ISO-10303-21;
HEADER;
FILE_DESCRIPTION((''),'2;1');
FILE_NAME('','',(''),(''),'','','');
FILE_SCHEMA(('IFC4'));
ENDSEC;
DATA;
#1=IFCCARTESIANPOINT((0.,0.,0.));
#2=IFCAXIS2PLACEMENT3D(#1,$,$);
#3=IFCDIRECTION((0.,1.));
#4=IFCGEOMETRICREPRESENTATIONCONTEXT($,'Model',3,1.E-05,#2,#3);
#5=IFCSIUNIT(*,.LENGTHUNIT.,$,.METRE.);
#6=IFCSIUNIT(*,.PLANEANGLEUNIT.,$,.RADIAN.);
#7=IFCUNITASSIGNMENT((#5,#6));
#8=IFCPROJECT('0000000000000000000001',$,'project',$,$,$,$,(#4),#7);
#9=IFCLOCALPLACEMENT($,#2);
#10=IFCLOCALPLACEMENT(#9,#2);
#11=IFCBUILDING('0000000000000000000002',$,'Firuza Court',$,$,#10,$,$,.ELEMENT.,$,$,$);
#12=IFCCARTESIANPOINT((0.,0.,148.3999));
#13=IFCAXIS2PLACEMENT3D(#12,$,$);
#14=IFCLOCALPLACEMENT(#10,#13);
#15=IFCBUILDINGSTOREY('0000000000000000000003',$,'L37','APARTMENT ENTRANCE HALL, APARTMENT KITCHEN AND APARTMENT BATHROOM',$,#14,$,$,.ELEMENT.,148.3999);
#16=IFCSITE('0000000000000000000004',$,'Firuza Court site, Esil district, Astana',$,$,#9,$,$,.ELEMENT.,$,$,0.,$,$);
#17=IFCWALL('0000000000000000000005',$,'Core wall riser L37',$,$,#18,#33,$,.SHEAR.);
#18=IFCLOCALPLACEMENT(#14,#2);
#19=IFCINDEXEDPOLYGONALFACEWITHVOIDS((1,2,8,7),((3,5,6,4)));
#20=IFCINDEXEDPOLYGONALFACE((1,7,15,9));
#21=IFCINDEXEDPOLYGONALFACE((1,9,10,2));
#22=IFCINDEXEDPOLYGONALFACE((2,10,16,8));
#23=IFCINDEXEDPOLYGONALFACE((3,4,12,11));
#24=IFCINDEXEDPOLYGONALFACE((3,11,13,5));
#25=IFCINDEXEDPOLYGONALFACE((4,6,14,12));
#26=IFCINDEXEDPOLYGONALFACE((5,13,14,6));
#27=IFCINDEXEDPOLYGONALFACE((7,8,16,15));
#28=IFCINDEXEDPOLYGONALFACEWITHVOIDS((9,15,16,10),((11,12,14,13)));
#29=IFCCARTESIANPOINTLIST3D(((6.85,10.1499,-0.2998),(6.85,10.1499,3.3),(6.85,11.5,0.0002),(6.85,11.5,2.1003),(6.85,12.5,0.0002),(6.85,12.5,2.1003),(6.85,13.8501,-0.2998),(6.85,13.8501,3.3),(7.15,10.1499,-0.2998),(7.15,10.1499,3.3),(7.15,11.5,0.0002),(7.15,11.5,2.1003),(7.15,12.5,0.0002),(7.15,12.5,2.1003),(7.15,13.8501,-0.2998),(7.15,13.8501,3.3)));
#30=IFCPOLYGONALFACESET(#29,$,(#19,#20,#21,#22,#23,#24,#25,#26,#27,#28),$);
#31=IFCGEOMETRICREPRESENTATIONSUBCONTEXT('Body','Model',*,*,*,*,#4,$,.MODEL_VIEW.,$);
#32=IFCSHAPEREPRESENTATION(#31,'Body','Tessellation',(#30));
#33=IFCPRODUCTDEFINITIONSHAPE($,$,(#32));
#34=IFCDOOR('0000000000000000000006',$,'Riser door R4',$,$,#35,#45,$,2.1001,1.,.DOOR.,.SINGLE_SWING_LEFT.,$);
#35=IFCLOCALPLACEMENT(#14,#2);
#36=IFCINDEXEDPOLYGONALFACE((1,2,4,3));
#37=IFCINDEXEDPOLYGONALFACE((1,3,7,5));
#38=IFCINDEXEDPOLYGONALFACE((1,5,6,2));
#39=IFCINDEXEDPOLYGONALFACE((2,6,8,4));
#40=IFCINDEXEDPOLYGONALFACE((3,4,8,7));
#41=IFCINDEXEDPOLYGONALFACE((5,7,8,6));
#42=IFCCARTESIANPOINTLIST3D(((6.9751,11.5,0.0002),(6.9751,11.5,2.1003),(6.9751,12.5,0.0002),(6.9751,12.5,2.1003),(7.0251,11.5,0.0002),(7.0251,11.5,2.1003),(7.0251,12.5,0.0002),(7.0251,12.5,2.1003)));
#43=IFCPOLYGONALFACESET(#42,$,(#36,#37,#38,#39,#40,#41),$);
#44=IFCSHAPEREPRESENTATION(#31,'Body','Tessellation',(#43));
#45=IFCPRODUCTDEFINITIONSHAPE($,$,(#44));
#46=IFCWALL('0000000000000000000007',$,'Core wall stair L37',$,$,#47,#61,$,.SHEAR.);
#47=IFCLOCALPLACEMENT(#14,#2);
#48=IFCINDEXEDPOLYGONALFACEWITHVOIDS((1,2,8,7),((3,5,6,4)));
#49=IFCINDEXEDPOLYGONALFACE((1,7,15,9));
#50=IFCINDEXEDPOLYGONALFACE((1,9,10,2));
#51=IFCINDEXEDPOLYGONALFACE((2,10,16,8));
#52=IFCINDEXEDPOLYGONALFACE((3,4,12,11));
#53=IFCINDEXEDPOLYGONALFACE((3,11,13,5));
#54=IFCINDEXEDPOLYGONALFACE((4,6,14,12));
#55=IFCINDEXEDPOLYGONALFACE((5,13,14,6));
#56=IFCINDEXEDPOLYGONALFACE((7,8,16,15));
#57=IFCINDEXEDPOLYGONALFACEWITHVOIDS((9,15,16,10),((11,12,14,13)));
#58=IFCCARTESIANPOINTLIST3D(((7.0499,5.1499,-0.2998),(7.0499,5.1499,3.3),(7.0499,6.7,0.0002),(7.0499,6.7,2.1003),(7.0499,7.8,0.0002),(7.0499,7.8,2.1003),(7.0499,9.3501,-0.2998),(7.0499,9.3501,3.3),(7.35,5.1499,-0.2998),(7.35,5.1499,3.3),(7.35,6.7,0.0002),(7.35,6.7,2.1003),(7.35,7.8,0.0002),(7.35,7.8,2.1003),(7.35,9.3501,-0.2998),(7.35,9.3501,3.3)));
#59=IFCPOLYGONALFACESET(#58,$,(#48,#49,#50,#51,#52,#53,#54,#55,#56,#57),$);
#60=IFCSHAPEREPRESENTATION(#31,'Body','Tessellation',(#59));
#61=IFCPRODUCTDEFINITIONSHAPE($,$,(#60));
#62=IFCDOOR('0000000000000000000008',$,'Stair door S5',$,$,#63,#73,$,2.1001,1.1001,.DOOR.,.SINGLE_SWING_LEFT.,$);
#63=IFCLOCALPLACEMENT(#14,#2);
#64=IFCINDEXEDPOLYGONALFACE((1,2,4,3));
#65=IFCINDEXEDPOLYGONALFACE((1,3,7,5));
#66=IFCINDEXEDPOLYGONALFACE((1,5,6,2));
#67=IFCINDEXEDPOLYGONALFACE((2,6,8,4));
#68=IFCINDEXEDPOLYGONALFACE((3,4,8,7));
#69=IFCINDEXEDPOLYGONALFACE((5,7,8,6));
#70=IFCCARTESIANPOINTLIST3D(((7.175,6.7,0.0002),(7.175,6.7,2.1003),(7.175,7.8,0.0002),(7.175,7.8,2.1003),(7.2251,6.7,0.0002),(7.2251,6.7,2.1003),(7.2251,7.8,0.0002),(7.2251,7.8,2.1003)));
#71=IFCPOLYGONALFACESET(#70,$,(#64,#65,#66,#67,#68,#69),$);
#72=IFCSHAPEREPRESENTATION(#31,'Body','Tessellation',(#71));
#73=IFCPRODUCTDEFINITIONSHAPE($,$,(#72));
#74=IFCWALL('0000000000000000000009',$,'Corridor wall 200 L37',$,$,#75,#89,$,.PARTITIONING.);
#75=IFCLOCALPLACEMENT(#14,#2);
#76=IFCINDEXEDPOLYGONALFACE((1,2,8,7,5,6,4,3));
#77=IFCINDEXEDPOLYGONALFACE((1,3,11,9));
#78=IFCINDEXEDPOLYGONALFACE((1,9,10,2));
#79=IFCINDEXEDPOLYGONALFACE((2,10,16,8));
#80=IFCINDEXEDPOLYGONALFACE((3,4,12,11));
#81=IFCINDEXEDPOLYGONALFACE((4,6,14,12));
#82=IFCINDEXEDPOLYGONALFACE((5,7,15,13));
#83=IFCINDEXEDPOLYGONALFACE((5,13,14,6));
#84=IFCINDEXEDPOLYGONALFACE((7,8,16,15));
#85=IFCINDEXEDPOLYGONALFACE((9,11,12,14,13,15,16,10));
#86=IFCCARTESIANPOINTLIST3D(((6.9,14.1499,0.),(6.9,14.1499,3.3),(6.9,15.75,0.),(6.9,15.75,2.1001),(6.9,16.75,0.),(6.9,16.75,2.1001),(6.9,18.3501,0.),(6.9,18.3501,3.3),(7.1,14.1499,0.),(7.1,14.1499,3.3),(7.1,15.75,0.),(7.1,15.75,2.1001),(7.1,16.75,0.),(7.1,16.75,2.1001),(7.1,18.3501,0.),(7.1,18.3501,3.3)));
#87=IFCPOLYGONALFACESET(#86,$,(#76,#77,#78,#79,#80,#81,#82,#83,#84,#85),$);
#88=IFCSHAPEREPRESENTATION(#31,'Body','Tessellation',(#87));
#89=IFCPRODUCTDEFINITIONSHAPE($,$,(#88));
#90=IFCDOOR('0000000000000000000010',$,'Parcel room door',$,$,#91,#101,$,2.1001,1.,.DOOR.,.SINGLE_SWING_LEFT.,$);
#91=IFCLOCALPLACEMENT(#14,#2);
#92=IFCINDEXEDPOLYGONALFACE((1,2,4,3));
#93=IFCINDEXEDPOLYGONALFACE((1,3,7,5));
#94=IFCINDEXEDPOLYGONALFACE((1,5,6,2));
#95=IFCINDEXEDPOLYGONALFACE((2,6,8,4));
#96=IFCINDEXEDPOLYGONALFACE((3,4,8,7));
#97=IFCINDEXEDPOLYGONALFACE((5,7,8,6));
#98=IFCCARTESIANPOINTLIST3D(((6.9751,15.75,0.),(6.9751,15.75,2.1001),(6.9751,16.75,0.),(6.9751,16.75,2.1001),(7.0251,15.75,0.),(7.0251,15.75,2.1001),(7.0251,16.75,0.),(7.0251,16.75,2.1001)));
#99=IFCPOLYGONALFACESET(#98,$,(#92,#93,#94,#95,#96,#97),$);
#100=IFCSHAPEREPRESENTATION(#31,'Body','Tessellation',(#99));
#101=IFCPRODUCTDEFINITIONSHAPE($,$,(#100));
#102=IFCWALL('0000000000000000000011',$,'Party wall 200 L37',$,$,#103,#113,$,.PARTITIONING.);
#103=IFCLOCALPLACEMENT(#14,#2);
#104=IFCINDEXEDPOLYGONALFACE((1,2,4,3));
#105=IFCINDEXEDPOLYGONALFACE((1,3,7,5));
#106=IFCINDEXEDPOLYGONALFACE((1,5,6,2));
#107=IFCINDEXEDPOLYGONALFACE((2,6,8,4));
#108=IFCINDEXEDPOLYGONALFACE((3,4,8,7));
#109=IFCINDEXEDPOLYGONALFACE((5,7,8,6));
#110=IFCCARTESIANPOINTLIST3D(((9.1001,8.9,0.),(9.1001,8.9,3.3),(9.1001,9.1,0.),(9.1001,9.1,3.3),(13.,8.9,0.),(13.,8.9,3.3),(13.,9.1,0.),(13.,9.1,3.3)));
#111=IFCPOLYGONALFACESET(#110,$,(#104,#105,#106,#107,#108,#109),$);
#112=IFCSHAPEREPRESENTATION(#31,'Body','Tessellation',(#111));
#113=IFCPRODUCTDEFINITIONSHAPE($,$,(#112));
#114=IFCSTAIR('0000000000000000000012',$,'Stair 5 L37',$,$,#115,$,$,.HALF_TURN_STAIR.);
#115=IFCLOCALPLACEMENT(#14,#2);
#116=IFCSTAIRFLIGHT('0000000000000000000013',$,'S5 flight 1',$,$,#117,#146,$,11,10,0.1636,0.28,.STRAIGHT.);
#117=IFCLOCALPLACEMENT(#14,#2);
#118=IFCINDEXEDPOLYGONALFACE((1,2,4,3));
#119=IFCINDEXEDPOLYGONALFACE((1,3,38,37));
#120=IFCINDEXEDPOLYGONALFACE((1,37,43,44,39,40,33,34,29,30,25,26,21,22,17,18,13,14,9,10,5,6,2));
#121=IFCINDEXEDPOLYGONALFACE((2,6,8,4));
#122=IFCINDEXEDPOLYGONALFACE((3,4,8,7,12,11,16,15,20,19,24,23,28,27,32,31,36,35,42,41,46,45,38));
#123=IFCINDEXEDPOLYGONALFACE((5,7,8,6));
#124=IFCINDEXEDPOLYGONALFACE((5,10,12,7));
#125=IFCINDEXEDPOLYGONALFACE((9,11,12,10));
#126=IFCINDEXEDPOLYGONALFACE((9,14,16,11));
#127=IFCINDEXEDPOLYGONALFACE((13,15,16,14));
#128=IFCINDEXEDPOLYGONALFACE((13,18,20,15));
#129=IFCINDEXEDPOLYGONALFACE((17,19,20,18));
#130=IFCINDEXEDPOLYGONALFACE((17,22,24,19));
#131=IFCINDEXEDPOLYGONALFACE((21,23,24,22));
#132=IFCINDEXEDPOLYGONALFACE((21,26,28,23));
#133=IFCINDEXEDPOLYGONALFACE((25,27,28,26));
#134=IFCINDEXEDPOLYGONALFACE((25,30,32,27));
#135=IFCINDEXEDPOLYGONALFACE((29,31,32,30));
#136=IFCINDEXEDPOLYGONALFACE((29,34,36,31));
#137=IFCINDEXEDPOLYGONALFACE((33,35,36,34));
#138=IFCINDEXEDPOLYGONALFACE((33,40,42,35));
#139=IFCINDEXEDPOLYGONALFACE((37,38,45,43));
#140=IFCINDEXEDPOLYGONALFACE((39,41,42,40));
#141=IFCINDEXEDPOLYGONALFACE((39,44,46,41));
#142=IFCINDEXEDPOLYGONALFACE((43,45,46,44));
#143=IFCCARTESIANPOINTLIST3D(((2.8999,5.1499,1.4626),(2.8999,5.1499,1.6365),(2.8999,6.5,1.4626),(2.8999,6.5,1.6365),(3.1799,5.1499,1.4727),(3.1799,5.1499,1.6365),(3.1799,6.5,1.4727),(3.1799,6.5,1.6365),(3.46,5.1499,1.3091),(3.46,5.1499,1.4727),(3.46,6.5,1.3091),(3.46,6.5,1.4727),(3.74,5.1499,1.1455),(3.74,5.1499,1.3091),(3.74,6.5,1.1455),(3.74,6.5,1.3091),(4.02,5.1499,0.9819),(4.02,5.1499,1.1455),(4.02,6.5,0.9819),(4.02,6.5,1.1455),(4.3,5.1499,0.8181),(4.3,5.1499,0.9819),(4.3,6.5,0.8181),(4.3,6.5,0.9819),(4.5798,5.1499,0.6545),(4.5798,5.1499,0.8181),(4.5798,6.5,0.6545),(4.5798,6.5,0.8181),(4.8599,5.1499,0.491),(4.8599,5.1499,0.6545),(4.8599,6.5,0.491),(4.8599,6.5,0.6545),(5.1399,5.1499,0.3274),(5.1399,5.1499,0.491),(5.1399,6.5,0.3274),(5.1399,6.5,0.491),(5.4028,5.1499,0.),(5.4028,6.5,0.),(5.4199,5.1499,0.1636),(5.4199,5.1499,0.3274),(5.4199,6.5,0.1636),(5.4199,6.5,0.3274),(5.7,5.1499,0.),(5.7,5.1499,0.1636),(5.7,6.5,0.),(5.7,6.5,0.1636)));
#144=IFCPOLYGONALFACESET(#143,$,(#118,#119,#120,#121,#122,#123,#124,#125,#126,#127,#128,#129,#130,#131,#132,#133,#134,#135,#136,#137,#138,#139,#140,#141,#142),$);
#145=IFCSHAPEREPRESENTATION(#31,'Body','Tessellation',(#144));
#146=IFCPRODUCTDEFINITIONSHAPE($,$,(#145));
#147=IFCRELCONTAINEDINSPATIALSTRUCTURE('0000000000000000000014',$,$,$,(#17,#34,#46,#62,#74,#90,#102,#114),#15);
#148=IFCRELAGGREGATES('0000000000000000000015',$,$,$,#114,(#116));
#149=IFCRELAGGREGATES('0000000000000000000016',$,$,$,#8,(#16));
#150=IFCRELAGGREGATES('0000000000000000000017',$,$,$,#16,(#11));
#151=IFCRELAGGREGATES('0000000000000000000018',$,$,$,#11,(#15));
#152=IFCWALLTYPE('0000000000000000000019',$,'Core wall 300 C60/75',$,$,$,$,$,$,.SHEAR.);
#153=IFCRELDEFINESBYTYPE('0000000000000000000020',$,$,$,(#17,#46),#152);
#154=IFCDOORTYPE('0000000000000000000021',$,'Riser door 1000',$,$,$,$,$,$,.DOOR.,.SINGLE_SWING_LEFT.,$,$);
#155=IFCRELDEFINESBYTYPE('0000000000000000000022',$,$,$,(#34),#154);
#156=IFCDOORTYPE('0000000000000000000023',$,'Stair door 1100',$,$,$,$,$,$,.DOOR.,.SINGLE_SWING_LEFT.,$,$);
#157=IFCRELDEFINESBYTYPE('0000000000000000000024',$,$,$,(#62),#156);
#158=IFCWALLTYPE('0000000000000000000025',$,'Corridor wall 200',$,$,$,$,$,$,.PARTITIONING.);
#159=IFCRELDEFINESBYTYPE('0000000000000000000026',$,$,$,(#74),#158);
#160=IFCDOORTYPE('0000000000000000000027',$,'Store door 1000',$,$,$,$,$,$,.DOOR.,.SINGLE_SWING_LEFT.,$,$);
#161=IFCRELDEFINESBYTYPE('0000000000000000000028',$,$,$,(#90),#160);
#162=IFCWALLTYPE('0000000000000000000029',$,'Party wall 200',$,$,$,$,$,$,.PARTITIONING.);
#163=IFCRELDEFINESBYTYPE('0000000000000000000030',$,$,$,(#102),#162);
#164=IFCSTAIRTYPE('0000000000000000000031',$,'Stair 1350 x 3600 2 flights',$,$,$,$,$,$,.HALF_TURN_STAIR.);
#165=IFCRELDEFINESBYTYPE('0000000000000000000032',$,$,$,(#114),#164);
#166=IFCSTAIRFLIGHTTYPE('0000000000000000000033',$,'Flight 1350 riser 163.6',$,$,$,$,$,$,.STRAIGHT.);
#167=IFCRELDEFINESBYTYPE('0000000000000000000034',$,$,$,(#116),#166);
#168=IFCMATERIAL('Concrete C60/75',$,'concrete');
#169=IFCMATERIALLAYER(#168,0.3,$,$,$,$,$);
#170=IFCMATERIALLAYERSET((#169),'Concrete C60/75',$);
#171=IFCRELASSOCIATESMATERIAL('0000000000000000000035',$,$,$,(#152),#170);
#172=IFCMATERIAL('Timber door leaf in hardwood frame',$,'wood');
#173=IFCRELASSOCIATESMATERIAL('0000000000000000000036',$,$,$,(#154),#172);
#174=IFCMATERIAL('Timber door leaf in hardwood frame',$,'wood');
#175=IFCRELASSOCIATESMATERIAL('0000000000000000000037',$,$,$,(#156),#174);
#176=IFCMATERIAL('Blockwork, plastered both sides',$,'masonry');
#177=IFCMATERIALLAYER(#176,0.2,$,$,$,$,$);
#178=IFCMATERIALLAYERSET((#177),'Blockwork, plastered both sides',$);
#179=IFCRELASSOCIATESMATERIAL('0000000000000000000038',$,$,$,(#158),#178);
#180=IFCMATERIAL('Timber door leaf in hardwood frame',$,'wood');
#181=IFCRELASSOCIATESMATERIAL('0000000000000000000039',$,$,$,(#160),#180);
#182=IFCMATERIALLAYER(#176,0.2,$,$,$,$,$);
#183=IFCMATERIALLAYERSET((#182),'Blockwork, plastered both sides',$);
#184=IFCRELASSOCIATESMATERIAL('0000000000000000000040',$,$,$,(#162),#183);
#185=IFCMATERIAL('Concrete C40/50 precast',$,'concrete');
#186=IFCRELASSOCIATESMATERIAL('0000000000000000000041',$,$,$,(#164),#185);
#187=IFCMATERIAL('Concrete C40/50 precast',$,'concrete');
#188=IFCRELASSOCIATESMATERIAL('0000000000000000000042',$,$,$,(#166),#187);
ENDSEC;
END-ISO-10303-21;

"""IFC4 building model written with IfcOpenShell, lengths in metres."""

from ifc_helpers import new_model, si_unit, direction, frame, frame_2d, origin, place, context, subcontext, project, spatial, polyline, rectangle, outline, extrude, material, layer, layer_set, type_object, element, fill, aggregate, save


model = new_model("IFC4")

# Units and contexts
model_context = context("Model", 3, precision=1e-05, world=origin(), true_north=direction((0.0, 1.0)))
body_context = subcontext(model_context, "Body", "Model", "MODEL_VIEW")
ifc_project = project(units=[si_unit("LENGTHUNIT", "METRE"), si_unit("PLANEANGLEUNIT", "RADIAN")], contexts=[model_context])

# Site, building, storey
site_placement = place(None, origin())
site = spatial("IfcSite", under=ifc_project, at=site_placement, Name="Firuza Court site, Esil district, Astana", CompositionType="ELEMENT", RefElevation=0.0)
building_placement = place(site_placement, origin())
building = spatial("IfcBuilding", under=site, at=building_placement, Name="Firuza Court", CompositionType="ELEMENT")
storey_placement = place(building_placement, frame((0.0, 0.0, 148.3999)))
storey = spatial("IfcBuildingStorey", under=building, at=storey_placement, Name="L37", Description="APARTMENT ENTRANCE HALL, APARTMENT KITCHEN AND APARTMENT BATHROOM", CompositionType="ELEMENT", Elevation=148.3999)

# Shared definitions
ifc_material_1 = material(Name="Concrete C60/75", Category="concrete")
ifc_layer_1 = layer(ifc_material_1, 0.3)
ifc_layer_set_1 = layer_set([ifc_layer_1], Name="Concrete C60/75")
wall_type_1 = type_object("IfcWallType", Name="Core wall 300 C60/75", PredefinedType="SHEAR", material=ifc_layer_set_1)

# Walls, openings, doors
wall_1_placement = place(storey_placement, frame((7.0, 10.1499, -0.2998), z_axis=(0.0, 0.0, 1.0), x_axis=(0.0, 1.0, 0.0)))
wall_1 = element("IfcWall", 1, at=wall_1_placement, inside=storey, type_object=wall_type_1, Name="Core wall riser L37", PredefinedType="SHEAR", context=body_context, shape_type="SweptSolid", body=[
    extrude(rectangle(XDim=3.7002, YDim=0.3, at=frame_2d((1.8501, 0.0))), origin(), (0.0, 0.0, 1.0), 3.5999),
])
opening_1_placement = place(wall_1_placement, frame((1.3501, 0.0, 0.3)))
opening_1 = element("IfcOpeningElement", 2, at=opening_1_placement, cuts=wall_1, PredefinedType="OPENING", context=body_context, shape_type="SweptSolid", body=[
    extrude(rectangle(XDim=1.0, YDim=2.1001, at=frame_2d((0.5, 1.05))), frame((0.0, 0.1621, 0.0), z_axis=(0.0, -1.0, 0.0), x_axis=(1.0, 0.0, 0.0)), (0.0, 0.0, 1.0), 0.324),
])
ifc_material_2 = material(Name="Timber door leaf in hardwood frame", Category="wood")
door_type_1 = type_object("IfcDoorType", Name="Riser door 1000", OperationType="SINGLE_SWING_LEFT", PredefinedType="DOOR", material=ifc_material_2)
door_1_placement = place(opening_1_placement, origin())
door_1 = element("IfcDoor", 3, at=door_1_placement, inside=storey, type_object=door_type_1, Name="Riser door R4", OperationType="SINGLE_SWING_LEFT", OverallHeight=2.1001, OverallWidth=1.0, PredefinedType="DOOR", context=body_context, shape_type="SweptSolid", body=[
    extrude(rectangle(XDim=1.0, YDim=2.1001, at=frame_2d((0.5, 1.05))), frame((0.0, 0.0249, 0.0), z_axis=(0.0, -1.0, 0.0), x_axis=(1.0, 0.0, 0.0)), (0.0, 0.0, 1.0), 0.05),
])
fill(opening_1, door_1)
wall_2_placement = place(storey_placement, frame((7.2, 5.1499, -0.2998), z_axis=(0.0, 0.0, 1.0), x_axis=(0.0, 1.0, 0.0)))
wall_2 = element("IfcWall", 4, at=wall_2_placement, inside=storey, type_object=wall_type_1, Name="Core wall stair L37", PredefinedType="SHEAR", context=body_context, shape_type="SweptSolid", body=[
    extrude(rectangle(XDim=4.2002, YDim=0.3, at=frame_2d((2.1001, 0.0))), origin(), (0.0, 0.0, 1.0), 3.5999),
])
opening_2_placement = place(wall_2_placement, frame((1.55, 0.0, 0.3)))
opening_2 = element("IfcOpeningElement", 5, at=opening_2_placement, cuts=wall_2, PredefinedType="OPENING", context=body_context, shape_type="SweptSolid", body=[
    extrude(rectangle(XDim=1.1001, YDim=2.1001, at=frame_2d((0.55, 1.05))), frame((0.0, 0.1621, 0.0), z_axis=(0.0, -1.0, 0.0), x_axis=(1.0, 0.0, 0.0)), (0.0, 0.0, 1.0), 0.324),
])
ifc_material_3 = material(Name="Timber door leaf in hardwood frame", Category="wood")
door_type_2 = type_object("IfcDoorType", Name="Stair door 1100", OperationType="SINGLE_SWING_LEFT", PredefinedType="DOOR", material=ifc_material_3)
door_2_placement = place(opening_2_placement, origin())
door_2 = element("IfcDoor", 6, at=door_2_placement, inside=storey, type_object=door_type_2, Name="Stair door S5", OperationType="SINGLE_SWING_LEFT", OverallHeight=2.1001, OverallWidth=1.1001, PredefinedType="DOOR", context=body_context, shape_type="SweptSolid", body=[
    extrude(rectangle(XDim=1.1001, YDim=2.1001, at=frame_2d((0.55, 1.05))), frame((0.0, 0.0249, 0.0), z_axis=(0.0, -1.0, 0.0), x_axis=(1.0, 0.0, 0.0)), (0.0, 0.0, 1.0), 0.05),
])
fill(opening_2, door_2)
ifc_material_4 = material(Name="Blockwork, plastered both sides", Category="masonry")
ifc_layer_2 = layer(ifc_material_4, 0.2)
ifc_layer_set_2 = layer_set([ifc_layer_2], Name="Blockwork, plastered both sides")
wall_type_2 = type_object("IfcWallType", Name="Corridor wall 200", PredefinedType="PARTITIONING", material=ifc_layer_set_2)
wall_3_placement = place(storey_placement, frame((7.0, 14.1499, 0.0), z_axis=(0.0, 0.0, 1.0), x_axis=(0.0, 1.0, 0.0)))
wall_3 = element("IfcWall", 7, at=wall_3_placement, inside=storey, type_object=wall_type_2, Name="Corridor wall 200 L37", PredefinedType="PARTITIONING", context=body_context, shape_type="SweptSolid", body=[
    extrude(rectangle(XDim=4.2002, YDim=0.2, at=frame_2d((2.1001, 0.0))), origin(), (0.0, 0.0, 1.0), 3.3),
])
opening_3_placement = place(wall_3_placement, frame((1.6001, 0.0, 0.0)))
opening_3 = element("IfcOpeningElement", 8, at=opening_3_placement, cuts=wall_3, PredefinedType="OPENING", context=body_context, shape_type="SweptSolid", body=[
    extrude(rectangle(XDim=1.0, YDim=2.1001, at=frame_2d((0.5, 1.05))), frame((0.0, 0.1118, 0.0), z_axis=(0.0, -1.0, 0.0), x_axis=(1.0, 0.0, 0.0)), (0.0, 0.0, 1.0), 0.2239),
])
ifc_material_5 = material(Name="Timber door leaf in hardwood frame", Category="wood")
door_type_3 = type_object("IfcDoorType", Name="Store door 1000", OperationType="SINGLE_SWING_LEFT", PredefinedType="DOOR", material=ifc_material_5)
door_3_placement = place(opening_3_placement, origin())
door_3 = element("IfcDoor", 9, at=door_3_placement, inside=storey, type_object=door_type_3, Name="Parcel room door", OperationType="SINGLE_SWING_LEFT", OverallHeight=2.1001, OverallWidth=1.0, PredefinedType="DOOR", context=body_context, shape_type="SweptSolid", body=[
    extrude(rectangle(XDim=1.0, YDim=2.1001, at=frame_2d((0.5, 1.05))), frame((0.0, 0.0249, 0.0), z_axis=(0.0, -1.0, 0.0), x_axis=(1.0, 0.0, 0.0)), (0.0, 0.0, 1.0), 0.05),
])
fill(opening_3, door_3)

# Wall
ifc_layer_3 = layer(ifc_material_4, 0.2)
ifc_layer_set_3 = layer_set([ifc_layer_3], Name="Blockwork, plastered both sides")
wall_type_3 = type_object("IfcWallType", Name="Party wall 200", PredefinedType="PARTITIONING", material=ifc_layer_set_3)
wall_4_placement = place(storey_placement, frame((9.1001, 9.0, 0.0), z_axis=(0.0, 0.0, 1.0), x_axis=(1.0, 0.0, 0.0)))
element("IfcWall", 10, at=wall_4_placement, inside=storey, type_object=wall_type_3, Name="Party wall 200 L37", PredefinedType="PARTITIONING", context=body_context, shape_type="SweptSolid", body=[
    extrude(rectangle(XDim=3.8999, YDim=0.2, at=frame_2d((1.95, 0.0))), origin(), (0.0, 0.0, 1.0), 3.3),
])

# Stair, stair flight
ifc_material_6 = material(Name="Concrete C40/50 precast", Category="concrete")
stair_type = type_object("IfcStairType", Name="Stair 1350 x 3600 2 flights", PredefinedType="HALF_TURN_STAIR", material=ifc_material_6)
stair_placement = place(storey_placement, origin())
stair = element("IfcStair", 11, at=stair_placement, inside=storey, type_object=stair_type, Name="Stair 5 L37", PredefinedType="HALF_TURN_STAIR")
ifc_material_7 = material(Name="Concrete C40/50 precast", Category="concrete")
stair_flight_type = type_object("IfcStairFlightType", Name="Flight 1350 riser 163.6", PredefinedType="STRAIGHT", material=ifc_material_7)
stair_flight_1_placement = place(storey_placement, frame((5.7, 5.825, 0.0), z_axis=(0.0, 0.0, 1.0), x_axis=(-1.0, 0.0, 0.0)))
stair_flight_1 = element("IfcStairFlight", 12, at=stair_flight_1_placement, type_object=stair_flight_type, Name="S5 flight 1", NumberOfRisers=11, NumberOfTreads=10, PredefinedType="STRAIGHT", RiserHeight=0.1636, TreadLength=0.28, context=body_context, shape_type="SweptSolid", body=[
    extrude(outline(polyline([(0.0, 0.0), (0.0, 0.1636), (0.28, 0.1636), (0.28, 0.3274), (0.5601, 0.3274), (0.5601, 0.491), (0.8401, 0.491), (0.8401, 0.6545), (1.1201, 0.6545), (1.1201, 0.8181), (1.3999, 0.8181), (1.3999, 0.9819), (1.6799, 0.9819), (1.6799, 1.1455), (1.96, 1.1455), (1.96, 1.3091), (2.24, 1.3091), (2.24, 1.4727), (2.52, 1.4727), (2.52, 1.6365), (2.8, 1.6365), (2.8, 1.8), (2.8, 1.4626), (0.2971, 0.0), (0.0, 0.0)])), frame((0.0, 0.675, 0.0), z_axis=(0.0, -1.0, 0.0), x_axis=(1.0, 0.0, 0.0)), (0.0, 0.0, 1.0), 1.3501),
])
aggregate(stair, [stair_flight_1])

save(model, "model.ifc")
